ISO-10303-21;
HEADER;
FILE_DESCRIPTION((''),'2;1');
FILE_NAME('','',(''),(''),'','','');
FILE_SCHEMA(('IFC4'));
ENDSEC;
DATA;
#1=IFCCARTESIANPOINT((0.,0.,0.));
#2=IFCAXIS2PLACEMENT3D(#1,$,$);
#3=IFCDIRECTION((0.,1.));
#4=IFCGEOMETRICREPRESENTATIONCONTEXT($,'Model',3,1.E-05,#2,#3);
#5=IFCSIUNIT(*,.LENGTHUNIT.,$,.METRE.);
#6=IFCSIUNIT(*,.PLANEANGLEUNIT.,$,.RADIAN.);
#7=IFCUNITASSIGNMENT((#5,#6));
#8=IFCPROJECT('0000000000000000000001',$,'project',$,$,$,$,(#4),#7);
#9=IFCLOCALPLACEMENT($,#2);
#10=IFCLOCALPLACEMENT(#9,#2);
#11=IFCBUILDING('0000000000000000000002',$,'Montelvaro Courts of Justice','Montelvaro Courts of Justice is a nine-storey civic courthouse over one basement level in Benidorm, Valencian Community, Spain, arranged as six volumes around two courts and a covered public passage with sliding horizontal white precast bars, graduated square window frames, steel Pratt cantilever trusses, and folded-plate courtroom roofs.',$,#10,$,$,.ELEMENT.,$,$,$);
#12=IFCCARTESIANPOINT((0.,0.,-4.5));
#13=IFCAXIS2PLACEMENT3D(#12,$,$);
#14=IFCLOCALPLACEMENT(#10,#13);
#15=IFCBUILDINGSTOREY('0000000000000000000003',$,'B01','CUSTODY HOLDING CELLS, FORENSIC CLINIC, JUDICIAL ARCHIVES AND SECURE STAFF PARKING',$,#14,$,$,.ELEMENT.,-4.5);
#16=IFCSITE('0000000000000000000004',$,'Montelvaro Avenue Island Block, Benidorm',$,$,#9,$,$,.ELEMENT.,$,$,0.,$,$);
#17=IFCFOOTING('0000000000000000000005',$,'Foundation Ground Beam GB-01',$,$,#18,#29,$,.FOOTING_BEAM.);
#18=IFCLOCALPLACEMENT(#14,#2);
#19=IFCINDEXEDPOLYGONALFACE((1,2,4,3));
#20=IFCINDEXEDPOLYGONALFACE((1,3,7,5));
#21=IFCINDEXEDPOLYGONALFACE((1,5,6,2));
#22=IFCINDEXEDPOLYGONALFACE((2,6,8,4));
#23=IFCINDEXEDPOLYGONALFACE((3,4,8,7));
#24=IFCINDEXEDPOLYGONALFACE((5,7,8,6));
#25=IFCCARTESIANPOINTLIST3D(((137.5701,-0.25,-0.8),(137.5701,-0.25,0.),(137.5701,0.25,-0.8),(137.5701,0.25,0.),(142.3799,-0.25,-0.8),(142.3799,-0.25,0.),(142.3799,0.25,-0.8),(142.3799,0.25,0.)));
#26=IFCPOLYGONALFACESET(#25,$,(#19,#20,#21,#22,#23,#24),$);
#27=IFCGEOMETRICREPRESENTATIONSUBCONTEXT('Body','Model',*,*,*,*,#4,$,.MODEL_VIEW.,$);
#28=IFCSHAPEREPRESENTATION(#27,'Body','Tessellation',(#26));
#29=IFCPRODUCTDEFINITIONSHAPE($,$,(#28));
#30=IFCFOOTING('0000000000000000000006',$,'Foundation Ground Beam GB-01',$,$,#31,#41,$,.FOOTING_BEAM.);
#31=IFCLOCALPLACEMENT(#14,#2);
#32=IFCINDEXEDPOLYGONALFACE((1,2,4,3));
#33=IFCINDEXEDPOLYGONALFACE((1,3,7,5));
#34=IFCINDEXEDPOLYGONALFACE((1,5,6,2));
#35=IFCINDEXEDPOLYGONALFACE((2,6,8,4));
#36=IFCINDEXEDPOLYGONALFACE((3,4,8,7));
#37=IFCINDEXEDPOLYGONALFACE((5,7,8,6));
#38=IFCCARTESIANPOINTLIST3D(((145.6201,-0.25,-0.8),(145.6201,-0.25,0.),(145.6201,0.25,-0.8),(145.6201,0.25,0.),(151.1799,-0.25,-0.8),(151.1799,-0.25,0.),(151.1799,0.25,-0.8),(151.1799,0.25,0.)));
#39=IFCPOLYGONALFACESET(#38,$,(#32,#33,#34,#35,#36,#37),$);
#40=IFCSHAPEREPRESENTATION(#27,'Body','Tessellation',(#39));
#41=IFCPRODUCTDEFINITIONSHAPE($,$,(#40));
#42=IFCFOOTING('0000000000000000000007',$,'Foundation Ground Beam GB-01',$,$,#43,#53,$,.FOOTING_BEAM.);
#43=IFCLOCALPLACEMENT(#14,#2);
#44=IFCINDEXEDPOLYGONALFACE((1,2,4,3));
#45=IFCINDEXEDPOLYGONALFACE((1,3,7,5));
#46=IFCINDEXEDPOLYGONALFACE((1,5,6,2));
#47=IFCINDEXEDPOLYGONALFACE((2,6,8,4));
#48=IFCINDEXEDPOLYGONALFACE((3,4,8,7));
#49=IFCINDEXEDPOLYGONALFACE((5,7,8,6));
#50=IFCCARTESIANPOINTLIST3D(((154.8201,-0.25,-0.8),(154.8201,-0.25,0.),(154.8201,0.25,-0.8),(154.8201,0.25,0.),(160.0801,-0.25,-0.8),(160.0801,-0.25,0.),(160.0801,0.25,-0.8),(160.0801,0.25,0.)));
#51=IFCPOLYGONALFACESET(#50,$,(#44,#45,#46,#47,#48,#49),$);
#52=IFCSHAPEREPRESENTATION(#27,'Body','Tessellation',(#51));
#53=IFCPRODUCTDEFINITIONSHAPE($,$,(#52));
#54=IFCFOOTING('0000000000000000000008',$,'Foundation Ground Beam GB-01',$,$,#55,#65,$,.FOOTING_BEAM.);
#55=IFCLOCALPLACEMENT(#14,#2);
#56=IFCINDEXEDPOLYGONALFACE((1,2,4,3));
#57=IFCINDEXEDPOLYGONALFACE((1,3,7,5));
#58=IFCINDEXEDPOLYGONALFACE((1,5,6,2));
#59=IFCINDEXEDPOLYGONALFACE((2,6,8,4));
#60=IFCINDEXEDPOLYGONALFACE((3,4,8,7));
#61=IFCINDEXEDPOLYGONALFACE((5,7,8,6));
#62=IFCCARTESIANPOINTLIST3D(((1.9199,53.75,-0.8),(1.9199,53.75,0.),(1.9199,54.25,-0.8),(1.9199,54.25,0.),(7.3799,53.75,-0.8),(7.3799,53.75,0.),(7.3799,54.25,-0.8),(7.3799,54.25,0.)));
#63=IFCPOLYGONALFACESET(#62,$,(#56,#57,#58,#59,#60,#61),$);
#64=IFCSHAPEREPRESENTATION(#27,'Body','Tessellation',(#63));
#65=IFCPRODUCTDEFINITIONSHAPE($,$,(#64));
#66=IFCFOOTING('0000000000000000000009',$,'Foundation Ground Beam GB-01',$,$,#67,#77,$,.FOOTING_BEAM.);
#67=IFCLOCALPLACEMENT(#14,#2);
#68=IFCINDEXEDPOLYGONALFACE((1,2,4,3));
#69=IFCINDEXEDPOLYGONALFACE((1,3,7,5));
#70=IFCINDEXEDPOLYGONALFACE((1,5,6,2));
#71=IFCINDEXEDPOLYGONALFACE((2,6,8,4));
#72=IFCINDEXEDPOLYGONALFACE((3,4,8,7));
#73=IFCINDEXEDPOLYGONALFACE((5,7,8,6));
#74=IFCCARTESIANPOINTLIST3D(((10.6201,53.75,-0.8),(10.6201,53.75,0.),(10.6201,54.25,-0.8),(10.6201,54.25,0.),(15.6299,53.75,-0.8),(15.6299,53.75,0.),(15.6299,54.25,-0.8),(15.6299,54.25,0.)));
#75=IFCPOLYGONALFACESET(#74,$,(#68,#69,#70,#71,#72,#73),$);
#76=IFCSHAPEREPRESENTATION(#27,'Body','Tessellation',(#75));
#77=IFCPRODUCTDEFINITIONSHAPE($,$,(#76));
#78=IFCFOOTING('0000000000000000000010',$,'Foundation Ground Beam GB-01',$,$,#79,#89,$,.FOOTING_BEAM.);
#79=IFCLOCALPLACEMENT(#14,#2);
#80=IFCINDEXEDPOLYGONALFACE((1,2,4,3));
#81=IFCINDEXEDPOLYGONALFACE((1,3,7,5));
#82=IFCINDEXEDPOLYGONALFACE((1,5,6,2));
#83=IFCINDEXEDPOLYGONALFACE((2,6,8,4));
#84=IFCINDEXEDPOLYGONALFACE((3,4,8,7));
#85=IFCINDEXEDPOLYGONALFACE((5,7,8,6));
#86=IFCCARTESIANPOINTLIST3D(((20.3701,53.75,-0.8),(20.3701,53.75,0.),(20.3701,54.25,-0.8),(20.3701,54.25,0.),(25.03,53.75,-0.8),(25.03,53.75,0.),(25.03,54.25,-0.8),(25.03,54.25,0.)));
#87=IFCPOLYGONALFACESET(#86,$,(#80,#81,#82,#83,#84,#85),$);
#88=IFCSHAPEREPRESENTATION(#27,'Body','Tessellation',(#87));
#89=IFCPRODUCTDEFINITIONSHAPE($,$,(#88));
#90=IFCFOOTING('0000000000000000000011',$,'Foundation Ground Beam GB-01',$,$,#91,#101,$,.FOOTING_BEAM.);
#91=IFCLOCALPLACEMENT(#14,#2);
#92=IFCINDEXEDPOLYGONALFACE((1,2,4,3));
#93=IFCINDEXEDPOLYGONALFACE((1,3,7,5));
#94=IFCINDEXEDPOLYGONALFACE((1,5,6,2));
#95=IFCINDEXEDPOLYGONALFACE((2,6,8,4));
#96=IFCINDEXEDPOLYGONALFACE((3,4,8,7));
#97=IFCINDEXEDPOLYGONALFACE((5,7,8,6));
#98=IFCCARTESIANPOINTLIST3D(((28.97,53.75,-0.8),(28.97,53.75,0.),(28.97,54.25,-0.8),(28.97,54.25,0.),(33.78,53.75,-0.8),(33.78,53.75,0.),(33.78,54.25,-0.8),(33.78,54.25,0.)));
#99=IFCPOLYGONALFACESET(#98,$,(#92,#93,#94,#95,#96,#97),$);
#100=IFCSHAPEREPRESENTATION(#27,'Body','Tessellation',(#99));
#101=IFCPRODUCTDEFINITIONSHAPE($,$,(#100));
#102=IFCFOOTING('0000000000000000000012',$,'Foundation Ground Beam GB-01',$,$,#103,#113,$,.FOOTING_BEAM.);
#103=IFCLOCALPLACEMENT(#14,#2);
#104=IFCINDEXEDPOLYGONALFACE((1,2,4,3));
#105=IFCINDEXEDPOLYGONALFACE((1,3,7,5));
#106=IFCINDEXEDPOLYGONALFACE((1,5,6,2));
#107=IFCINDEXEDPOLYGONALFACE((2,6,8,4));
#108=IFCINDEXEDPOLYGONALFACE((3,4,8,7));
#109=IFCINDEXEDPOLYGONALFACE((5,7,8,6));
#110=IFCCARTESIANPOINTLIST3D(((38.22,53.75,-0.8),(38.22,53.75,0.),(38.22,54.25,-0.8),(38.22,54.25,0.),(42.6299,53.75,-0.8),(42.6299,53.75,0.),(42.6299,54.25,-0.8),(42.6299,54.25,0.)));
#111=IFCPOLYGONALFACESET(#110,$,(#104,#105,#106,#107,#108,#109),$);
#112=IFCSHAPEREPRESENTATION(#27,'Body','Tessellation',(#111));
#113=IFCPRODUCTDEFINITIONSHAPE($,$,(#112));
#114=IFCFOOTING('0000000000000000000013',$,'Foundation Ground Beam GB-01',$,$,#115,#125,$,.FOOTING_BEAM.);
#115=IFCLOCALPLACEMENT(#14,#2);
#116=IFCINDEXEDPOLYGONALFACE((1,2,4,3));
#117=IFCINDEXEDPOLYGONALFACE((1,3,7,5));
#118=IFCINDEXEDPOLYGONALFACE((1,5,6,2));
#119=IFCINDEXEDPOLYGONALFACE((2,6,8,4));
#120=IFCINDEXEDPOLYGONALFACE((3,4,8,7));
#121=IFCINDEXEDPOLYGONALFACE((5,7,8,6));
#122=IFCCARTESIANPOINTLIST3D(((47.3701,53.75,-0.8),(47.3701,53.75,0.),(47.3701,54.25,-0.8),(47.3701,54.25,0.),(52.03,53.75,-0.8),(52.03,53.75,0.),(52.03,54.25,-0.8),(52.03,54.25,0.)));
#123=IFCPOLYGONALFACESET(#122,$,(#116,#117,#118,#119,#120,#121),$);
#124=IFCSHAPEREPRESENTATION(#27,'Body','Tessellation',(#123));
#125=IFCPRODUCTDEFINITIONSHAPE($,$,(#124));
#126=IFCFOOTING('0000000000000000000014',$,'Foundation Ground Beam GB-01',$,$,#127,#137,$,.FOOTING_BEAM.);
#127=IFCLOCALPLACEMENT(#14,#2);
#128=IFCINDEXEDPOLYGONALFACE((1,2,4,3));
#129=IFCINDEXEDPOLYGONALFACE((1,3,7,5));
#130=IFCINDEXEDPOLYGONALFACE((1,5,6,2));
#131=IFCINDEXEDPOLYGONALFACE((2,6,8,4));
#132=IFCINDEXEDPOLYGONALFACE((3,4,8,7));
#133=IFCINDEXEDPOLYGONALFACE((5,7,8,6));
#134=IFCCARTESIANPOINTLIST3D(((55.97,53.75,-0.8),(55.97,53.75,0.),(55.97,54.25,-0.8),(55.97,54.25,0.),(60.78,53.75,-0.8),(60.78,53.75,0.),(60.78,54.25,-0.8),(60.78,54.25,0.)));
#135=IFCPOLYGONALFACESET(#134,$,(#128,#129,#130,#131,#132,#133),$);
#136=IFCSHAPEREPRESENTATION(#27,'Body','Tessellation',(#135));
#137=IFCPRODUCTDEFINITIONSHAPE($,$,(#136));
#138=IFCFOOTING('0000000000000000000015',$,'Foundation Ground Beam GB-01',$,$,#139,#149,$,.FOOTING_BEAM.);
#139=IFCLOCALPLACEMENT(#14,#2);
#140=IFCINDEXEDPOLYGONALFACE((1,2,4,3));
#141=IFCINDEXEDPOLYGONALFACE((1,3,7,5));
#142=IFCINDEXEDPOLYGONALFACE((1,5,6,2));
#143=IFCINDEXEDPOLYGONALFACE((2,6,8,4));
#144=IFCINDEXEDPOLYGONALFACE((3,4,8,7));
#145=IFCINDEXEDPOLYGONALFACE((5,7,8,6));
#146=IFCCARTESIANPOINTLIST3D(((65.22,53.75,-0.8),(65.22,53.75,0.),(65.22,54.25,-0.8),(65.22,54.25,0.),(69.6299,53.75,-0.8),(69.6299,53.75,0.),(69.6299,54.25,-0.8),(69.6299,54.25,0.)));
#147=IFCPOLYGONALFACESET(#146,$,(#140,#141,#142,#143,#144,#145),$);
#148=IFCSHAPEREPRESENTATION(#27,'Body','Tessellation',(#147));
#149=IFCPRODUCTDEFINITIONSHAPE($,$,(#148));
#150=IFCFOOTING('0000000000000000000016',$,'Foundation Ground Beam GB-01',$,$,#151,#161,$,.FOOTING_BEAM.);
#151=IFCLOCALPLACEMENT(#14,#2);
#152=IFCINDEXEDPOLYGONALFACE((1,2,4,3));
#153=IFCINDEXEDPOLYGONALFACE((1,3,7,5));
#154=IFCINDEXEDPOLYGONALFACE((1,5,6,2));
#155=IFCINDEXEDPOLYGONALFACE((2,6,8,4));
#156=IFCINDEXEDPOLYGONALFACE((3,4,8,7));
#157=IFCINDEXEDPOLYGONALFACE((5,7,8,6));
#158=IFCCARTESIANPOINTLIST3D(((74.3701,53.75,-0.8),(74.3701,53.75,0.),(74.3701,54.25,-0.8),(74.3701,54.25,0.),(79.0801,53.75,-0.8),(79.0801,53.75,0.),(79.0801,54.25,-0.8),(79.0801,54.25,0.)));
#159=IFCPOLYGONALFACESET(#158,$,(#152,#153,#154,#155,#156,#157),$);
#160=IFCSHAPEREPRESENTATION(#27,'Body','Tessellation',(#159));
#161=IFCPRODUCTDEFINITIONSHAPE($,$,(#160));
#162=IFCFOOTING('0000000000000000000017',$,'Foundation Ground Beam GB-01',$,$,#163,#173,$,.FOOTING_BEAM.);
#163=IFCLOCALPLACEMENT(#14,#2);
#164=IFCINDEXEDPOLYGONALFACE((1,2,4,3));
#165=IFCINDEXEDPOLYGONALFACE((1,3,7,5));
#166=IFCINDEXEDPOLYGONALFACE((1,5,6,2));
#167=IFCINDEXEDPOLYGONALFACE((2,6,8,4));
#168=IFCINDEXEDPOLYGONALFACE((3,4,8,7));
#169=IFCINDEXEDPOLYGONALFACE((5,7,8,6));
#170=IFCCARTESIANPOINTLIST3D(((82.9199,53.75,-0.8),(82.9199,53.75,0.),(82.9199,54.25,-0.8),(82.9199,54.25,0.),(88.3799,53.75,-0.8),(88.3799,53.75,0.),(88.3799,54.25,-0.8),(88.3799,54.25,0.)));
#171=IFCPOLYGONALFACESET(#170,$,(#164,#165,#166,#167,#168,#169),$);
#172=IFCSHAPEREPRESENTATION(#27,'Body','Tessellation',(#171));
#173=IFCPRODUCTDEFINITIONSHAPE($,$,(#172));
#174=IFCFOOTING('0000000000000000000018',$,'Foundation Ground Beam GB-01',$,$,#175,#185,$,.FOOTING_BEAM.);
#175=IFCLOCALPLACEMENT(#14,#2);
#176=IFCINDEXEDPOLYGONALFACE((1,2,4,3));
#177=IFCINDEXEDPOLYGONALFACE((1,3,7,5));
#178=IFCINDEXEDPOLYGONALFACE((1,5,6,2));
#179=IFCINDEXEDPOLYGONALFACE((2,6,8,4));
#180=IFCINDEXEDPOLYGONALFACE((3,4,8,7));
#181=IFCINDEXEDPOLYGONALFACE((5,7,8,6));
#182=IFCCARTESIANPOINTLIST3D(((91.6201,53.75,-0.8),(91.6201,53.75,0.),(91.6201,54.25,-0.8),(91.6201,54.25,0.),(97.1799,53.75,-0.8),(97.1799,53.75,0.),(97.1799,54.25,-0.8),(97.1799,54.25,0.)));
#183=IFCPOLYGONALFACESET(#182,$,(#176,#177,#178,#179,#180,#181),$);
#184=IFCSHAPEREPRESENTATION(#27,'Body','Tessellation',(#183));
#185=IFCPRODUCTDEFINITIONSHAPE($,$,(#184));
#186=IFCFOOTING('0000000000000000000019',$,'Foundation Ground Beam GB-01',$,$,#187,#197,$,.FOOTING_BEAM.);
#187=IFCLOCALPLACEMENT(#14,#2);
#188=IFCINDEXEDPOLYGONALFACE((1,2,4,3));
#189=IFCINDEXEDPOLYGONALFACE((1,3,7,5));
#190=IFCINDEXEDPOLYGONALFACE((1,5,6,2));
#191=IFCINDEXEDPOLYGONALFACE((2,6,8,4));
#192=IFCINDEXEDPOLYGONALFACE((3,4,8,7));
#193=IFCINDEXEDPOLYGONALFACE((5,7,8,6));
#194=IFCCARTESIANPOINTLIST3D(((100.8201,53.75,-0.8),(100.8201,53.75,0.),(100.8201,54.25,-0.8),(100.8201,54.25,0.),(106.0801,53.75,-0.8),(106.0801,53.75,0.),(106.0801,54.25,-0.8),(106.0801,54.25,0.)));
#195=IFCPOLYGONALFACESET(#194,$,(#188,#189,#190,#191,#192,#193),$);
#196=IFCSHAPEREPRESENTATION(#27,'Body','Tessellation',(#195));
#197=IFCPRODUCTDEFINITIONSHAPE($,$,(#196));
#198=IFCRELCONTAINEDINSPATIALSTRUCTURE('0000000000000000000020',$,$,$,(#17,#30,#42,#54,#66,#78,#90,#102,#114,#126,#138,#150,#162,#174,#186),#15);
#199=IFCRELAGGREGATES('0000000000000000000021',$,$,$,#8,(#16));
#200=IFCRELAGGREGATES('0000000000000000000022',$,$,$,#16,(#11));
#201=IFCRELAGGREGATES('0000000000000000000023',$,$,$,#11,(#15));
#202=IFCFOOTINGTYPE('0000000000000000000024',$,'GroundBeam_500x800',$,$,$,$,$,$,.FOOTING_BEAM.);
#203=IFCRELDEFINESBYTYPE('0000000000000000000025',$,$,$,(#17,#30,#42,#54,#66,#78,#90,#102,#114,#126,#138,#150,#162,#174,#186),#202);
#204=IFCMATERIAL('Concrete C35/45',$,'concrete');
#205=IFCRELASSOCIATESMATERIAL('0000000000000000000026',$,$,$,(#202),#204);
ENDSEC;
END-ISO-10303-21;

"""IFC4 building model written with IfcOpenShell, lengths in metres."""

from ifc_helpers import new_model, si_unit, direction, frame, origin, place, context, subcontext, project, spatial, polyline, outline, extrude, material, type_object, element, save


model = new_model("IFC4")

# Units and contexts
model_context = context("Model", 3, precision=1e-05, world=origin(), true_north=direction((0.0, 1.0)))
body_context = subcontext(model_context, "Body", "Model", "MODEL_VIEW")
ifc_project = project(units=[si_unit("LENGTHUNIT", "METRE"), si_unit("PLANEANGLEUNIT", "RADIAN")], contexts=[model_context])

# Site, building, storey
site_placement = place(None, origin())
site = spatial("IfcSite", under=ifc_project, at=site_placement, Name="Montelvaro Avenue Island Block, Benidorm", CompositionType="ELEMENT", RefElevation=0.0)
building_placement = place(site_placement, origin())
building = spatial("IfcBuilding", under=site, at=building_placement, Name="Montelvaro Courts of Justice", Description="Montelvaro Courts of Justice is a nine-storey civic courthouse over one basement level in Benidorm, Valencian Community, Spain, arranged as six volumes around two courts and a covered public passage with sliding horizontal white precast bars, graduated square window frames, steel Pratt cantilever trusses, and folded-plate courtroom roofs.", CompositionType="ELEMENT")
storey_placement = place(building_placement, frame((0.0, 0.0, -4.5)))
storey = spatial("IfcBuildingStorey", under=building, at=storey_placement, Name="B01", Description="CUSTODY HOLDING CELLS, FORENSIC CLINIC, JUDICIAL ARCHIVES AND SECURE STAFF PARKING", CompositionType="ELEMENT", Elevation=-4.5)

# Footings
ifc_material = material(Name="Concrete C35/45", Category="concrete")
footing_type = type_object("IfcFootingType", Name="GroundBeam_500x800", PredefinedType="FOOTING_BEAM", material=ifc_material)
footing_1_placement = place(storey_placement, frame((0.0, 0.0, -0.8)))
element("IfcFooting", 1, at=footing_1_placement, inside=storey, type_object=footing_type, Name="Foundation Ground Beam GB-01", PredefinedType="FOOTING_BEAM", context=body_context, shape_type="SweptSolid", body=[
    extrude(outline(polyline([(137.5701, -0.25), (142.3799, -0.25), (142.3799, 0.25), (137.5701, 0.25), (137.5701, -0.25)])), origin(), (0.0, 0.0, 1.0), 0.8),
])
footing_2_placement = place(storey_placement, frame((0.0, 0.0, -0.8)))
element("IfcFooting", 2, at=footing_2_placement, inside=storey, type_object=footing_type, Name="Foundation Ground Beam GB-01", PredefinedType="FOOTING_BEAM", context=body_context, shape_type="SweptSolid", body=[
    extrude(outline(polyline([(145.6201, -0.25), (151.1799, -0.25), (151.1799, 0.25), (145.6201, 0.25), (145.6201, -0.25)])), origin(), (0.0, 0.0, 1.0), 0.8),
])
footing_3_placement = place(storey_placement, frame((0.0, 0.0, -0.8)))
element("IfcFooting", 3, at=footing_3_placement, inside=storey, type_object=footing_type, Name="Foundation Ground Beam GB-01", PredefinedType="FOOTING_BEAM", context=body_context, shape_type="SweptSolid", body=[
    extrude(outline(polyline([(154.8201, -0.25), (160.0801, -0.25), (160.0801, 0.25), (154.8201, 0.25), (154.8201, -0.25)])), origin(), (0.0, 0.0, 1.0), 0.8),
])
footing_4_placement = place(storey_placement, frame((0.0, 0.0, -0.8)))
element("IfcFooting", 4, at=footing_4_placement, inside=storey, type_object=footing_type, Name="Foundation Ground Beam GB-01", PredefinedType="FOOTING_BEAM", context=body_context, shape_type="SweptSolid", body=[
    extrude(outline(polyline([(1.9199, 53.75), (7.3799, 53.75), (7.3799, 54.25), (1.9199, 54.25), (1.9199, 53.75)])), origin(), (0.0, 0.0, 1.0), 0.8),
])
footing_5_placement = place(storey_placement, frame((0.0, 0.0, -0.8)))
element("IfcFooting", 5, at=footing_5_placement, inside=storey, type_object=footing_type, Name="Foundation Ground Beam GB-01", PredefinedType="FOOTING_BEAM", context=body_context, shape_type="SweptSolid", body=[
    extrude(outline(polyline([(10.6201, 53.75), (15.6299, 53.75), (15.6299, 54.25), (10.6201, 54.25), (10.6201, 53.75)])), origin(), (0.0, 0.0, 1.0), 0.8),
])
footing_6_placement = place(storey_placement, frame((0.0, 0.0, -0.8)))
element("IfcFooting", 6, at=footing_6_placement, inside=storey, type_object=footing_type, Name="Foundation Ground Beam GB-01", PredefinedType="FOOTING_BEAM", context=body_context, shape_type="SweptSolid", body=[
    extrude(outline(polyline([(20.3701, 53.75), (25.03, 53.75), (25.03, 54.25), (20.3701, 54.25), (20.3701, 53.75)])), origin(), (0.0, 0.0, 1.0), 0.8),
])
footing_7_placement = place(storey_placement, frame((0.0, 0.0, -0.8)))
element("IfcFooting", 7, at=footing_7_placement, inside=storey, type_object=footing_type, Name="Foundation Ground Beam GB-01", PredefinedType="FOOTING_BEAM", context=body_context, shape_type="SweptSolid", body=[
    extrude(outline(polyline([(28.97, 53.75), (33.78, 53.75), (33.78, 54.25), (28.97, 54.25), (28.97, 53.75)])), origin(), (0.0, 0.0, 1.0), 0.8),
])
footing_8_placement = place(storey_placement, frame((0.0, 0.0, -0.8)))
element("IfcFooting", 8, at=footing_8_placement, inside=storey, type_object=footing_type, Name="Foundation Ground Beam GB-01", PredefinedType="FOOTING_BEAM", context=body_context, shape_type="SweptSolid", body=[
    extrude(outline(polyline([(38.22, 53.75), (42.6299, 53.75), (42.6299, 54.25), (38.22, 54.25), (38.22, 53.75)])), origin(), (0.0, 0.0, 1.0), 0.8),
])
footing_9_placement = place(storey_placement, frame((0.0, 0.0, -0.8)))
element("IfcFooting", 9, at=footing_9_placement, inside=storey, type_object=footing_type, Name="Foundation Ground Beam GB-01", PredefinedType="FOOTING_BEAM", context=body_context, shape_type="SweptSolid", body=[
    extrude(outline(polyline([(47.3701, 53.75), (52.03, 53.75), (52.03, 54.25), (47.3701, 54.25), (47.3701, 53.75)])), origin(), (0.0, 0.0, 1.0), 0.8),
])
footing_10_placement = place(storey_placement, frame((0.0, 0.0, -0.8)))
element("IfcFooting", 10, at=footing_10_placement, inside=storey, type_object=footing_type, Name="Foundation Ground Beam GB-01", PredefinedType="FOOTING_BEAM", context=body_context, shape_type="SweptSolid", body=[
    extrude(outline(polyline([(55.97, 53.75), (60.78, 53.75), (60.78, 54.25), (55.97, 54.25), (55.97, 53.75)])), origin(), (0.0, 0.0, 1.0), 0.8),
])
footing_11_placement = place(storey_placement, frame((0.0, 0.0, -0.8)))
element("IfcFooting", 11, at=footing_11_placement, inside=storey, type_object=footing_type, Name="Foundation Ground Beam GB-01", PredefinedType="FOOTING_BEAM", context=body_context, shape_type="SweptSolid", body=[
    extrude(outline(polyline([(65.22, 53.75), (69.6299, 53.75), (69.6299, 54.25), (65.22, 54.25), (65.22, 53.75)])), origin(), (0.0, 0.0, 1.0), 0.8),
])
footing_12_placement = place(storey_placement, frame((0.0, 0.0, -0.8)))
element("IfcFooting", 12, at=footing_12_placement, inside=storey, type_object=footing_type, Name="Foundation Ground Beam GB-01", PredefinedType="FOOTING_BEAM", context=body_context, shape_type="SweptSolid", body=[
    extrude(outline(polyline([(74.3701, 53.75), (79.0801, 53.75), (79.0801, 54.25), (74.3701, 54.25), (74.3701, 53.75)])), origin(), (0.0, 0.0, 1.0), 0.8),
])
footing_13_placement = place(storey_placement, frame((0.0, 0.0, -0.8)))
element("IfcFooting", 13, at=footing_13_placement, inside=storey, type_object=footing_type, Name="Foundation Ground Beam GB-01", PredefinedType="FOOTING_BEAM", context=body_context, shape_type="SweptSolid", body=[
    extrude(outline(polyline([(82.9199, 53.75), (88.3799, 53.75), (88.3799, 54.25), (82.9199, 54.25), (82.9199, 53.75)])), origin(), (0.0, 0.0, 1.0), 0.8),
])
footing_14_placement = place(storey_placement, frame((0.0, 0.0, -0.8)))
element("IfcFooting", 14, at=footing_14_placement, inside=storey, type_object=footing_type, Name="Foundation Ground Beam GB-01", PredefinedType="FOOTING_BEAM", context=body_context, shape_type="SweptSolid", body=[
    extrude(outline(polyline([(91.6201, 53.75), (97.1799, 53.75), (97.1799, 54.25), (91.6201, 54.25), (91.6201, 53.75)])), origin(), (0.0, 0.0, 1.0), 0.8),
])
footing_15_placement = place(storey_placement, frame((0.0, 0.0, -0.8)))
element("IfcFooting", 15, at=footing_15_placement, inside=storey, type_object=footing_type, Name="Foundation Ground Beam GB-01", PredefinedType="FOOTING_BEAM", context=body_context, shape_type="SweptSolid", body=[
    extrude(outline(polyline([(100.8201, 53.75), (106.0801, 53.75), (106.0801, 54.25), (100.8201, 54.25), (100.8201, 53.75)])), origin(), (0.0, 0.0, 1.0), 0.8),
])

save(model, "model.ifc")
